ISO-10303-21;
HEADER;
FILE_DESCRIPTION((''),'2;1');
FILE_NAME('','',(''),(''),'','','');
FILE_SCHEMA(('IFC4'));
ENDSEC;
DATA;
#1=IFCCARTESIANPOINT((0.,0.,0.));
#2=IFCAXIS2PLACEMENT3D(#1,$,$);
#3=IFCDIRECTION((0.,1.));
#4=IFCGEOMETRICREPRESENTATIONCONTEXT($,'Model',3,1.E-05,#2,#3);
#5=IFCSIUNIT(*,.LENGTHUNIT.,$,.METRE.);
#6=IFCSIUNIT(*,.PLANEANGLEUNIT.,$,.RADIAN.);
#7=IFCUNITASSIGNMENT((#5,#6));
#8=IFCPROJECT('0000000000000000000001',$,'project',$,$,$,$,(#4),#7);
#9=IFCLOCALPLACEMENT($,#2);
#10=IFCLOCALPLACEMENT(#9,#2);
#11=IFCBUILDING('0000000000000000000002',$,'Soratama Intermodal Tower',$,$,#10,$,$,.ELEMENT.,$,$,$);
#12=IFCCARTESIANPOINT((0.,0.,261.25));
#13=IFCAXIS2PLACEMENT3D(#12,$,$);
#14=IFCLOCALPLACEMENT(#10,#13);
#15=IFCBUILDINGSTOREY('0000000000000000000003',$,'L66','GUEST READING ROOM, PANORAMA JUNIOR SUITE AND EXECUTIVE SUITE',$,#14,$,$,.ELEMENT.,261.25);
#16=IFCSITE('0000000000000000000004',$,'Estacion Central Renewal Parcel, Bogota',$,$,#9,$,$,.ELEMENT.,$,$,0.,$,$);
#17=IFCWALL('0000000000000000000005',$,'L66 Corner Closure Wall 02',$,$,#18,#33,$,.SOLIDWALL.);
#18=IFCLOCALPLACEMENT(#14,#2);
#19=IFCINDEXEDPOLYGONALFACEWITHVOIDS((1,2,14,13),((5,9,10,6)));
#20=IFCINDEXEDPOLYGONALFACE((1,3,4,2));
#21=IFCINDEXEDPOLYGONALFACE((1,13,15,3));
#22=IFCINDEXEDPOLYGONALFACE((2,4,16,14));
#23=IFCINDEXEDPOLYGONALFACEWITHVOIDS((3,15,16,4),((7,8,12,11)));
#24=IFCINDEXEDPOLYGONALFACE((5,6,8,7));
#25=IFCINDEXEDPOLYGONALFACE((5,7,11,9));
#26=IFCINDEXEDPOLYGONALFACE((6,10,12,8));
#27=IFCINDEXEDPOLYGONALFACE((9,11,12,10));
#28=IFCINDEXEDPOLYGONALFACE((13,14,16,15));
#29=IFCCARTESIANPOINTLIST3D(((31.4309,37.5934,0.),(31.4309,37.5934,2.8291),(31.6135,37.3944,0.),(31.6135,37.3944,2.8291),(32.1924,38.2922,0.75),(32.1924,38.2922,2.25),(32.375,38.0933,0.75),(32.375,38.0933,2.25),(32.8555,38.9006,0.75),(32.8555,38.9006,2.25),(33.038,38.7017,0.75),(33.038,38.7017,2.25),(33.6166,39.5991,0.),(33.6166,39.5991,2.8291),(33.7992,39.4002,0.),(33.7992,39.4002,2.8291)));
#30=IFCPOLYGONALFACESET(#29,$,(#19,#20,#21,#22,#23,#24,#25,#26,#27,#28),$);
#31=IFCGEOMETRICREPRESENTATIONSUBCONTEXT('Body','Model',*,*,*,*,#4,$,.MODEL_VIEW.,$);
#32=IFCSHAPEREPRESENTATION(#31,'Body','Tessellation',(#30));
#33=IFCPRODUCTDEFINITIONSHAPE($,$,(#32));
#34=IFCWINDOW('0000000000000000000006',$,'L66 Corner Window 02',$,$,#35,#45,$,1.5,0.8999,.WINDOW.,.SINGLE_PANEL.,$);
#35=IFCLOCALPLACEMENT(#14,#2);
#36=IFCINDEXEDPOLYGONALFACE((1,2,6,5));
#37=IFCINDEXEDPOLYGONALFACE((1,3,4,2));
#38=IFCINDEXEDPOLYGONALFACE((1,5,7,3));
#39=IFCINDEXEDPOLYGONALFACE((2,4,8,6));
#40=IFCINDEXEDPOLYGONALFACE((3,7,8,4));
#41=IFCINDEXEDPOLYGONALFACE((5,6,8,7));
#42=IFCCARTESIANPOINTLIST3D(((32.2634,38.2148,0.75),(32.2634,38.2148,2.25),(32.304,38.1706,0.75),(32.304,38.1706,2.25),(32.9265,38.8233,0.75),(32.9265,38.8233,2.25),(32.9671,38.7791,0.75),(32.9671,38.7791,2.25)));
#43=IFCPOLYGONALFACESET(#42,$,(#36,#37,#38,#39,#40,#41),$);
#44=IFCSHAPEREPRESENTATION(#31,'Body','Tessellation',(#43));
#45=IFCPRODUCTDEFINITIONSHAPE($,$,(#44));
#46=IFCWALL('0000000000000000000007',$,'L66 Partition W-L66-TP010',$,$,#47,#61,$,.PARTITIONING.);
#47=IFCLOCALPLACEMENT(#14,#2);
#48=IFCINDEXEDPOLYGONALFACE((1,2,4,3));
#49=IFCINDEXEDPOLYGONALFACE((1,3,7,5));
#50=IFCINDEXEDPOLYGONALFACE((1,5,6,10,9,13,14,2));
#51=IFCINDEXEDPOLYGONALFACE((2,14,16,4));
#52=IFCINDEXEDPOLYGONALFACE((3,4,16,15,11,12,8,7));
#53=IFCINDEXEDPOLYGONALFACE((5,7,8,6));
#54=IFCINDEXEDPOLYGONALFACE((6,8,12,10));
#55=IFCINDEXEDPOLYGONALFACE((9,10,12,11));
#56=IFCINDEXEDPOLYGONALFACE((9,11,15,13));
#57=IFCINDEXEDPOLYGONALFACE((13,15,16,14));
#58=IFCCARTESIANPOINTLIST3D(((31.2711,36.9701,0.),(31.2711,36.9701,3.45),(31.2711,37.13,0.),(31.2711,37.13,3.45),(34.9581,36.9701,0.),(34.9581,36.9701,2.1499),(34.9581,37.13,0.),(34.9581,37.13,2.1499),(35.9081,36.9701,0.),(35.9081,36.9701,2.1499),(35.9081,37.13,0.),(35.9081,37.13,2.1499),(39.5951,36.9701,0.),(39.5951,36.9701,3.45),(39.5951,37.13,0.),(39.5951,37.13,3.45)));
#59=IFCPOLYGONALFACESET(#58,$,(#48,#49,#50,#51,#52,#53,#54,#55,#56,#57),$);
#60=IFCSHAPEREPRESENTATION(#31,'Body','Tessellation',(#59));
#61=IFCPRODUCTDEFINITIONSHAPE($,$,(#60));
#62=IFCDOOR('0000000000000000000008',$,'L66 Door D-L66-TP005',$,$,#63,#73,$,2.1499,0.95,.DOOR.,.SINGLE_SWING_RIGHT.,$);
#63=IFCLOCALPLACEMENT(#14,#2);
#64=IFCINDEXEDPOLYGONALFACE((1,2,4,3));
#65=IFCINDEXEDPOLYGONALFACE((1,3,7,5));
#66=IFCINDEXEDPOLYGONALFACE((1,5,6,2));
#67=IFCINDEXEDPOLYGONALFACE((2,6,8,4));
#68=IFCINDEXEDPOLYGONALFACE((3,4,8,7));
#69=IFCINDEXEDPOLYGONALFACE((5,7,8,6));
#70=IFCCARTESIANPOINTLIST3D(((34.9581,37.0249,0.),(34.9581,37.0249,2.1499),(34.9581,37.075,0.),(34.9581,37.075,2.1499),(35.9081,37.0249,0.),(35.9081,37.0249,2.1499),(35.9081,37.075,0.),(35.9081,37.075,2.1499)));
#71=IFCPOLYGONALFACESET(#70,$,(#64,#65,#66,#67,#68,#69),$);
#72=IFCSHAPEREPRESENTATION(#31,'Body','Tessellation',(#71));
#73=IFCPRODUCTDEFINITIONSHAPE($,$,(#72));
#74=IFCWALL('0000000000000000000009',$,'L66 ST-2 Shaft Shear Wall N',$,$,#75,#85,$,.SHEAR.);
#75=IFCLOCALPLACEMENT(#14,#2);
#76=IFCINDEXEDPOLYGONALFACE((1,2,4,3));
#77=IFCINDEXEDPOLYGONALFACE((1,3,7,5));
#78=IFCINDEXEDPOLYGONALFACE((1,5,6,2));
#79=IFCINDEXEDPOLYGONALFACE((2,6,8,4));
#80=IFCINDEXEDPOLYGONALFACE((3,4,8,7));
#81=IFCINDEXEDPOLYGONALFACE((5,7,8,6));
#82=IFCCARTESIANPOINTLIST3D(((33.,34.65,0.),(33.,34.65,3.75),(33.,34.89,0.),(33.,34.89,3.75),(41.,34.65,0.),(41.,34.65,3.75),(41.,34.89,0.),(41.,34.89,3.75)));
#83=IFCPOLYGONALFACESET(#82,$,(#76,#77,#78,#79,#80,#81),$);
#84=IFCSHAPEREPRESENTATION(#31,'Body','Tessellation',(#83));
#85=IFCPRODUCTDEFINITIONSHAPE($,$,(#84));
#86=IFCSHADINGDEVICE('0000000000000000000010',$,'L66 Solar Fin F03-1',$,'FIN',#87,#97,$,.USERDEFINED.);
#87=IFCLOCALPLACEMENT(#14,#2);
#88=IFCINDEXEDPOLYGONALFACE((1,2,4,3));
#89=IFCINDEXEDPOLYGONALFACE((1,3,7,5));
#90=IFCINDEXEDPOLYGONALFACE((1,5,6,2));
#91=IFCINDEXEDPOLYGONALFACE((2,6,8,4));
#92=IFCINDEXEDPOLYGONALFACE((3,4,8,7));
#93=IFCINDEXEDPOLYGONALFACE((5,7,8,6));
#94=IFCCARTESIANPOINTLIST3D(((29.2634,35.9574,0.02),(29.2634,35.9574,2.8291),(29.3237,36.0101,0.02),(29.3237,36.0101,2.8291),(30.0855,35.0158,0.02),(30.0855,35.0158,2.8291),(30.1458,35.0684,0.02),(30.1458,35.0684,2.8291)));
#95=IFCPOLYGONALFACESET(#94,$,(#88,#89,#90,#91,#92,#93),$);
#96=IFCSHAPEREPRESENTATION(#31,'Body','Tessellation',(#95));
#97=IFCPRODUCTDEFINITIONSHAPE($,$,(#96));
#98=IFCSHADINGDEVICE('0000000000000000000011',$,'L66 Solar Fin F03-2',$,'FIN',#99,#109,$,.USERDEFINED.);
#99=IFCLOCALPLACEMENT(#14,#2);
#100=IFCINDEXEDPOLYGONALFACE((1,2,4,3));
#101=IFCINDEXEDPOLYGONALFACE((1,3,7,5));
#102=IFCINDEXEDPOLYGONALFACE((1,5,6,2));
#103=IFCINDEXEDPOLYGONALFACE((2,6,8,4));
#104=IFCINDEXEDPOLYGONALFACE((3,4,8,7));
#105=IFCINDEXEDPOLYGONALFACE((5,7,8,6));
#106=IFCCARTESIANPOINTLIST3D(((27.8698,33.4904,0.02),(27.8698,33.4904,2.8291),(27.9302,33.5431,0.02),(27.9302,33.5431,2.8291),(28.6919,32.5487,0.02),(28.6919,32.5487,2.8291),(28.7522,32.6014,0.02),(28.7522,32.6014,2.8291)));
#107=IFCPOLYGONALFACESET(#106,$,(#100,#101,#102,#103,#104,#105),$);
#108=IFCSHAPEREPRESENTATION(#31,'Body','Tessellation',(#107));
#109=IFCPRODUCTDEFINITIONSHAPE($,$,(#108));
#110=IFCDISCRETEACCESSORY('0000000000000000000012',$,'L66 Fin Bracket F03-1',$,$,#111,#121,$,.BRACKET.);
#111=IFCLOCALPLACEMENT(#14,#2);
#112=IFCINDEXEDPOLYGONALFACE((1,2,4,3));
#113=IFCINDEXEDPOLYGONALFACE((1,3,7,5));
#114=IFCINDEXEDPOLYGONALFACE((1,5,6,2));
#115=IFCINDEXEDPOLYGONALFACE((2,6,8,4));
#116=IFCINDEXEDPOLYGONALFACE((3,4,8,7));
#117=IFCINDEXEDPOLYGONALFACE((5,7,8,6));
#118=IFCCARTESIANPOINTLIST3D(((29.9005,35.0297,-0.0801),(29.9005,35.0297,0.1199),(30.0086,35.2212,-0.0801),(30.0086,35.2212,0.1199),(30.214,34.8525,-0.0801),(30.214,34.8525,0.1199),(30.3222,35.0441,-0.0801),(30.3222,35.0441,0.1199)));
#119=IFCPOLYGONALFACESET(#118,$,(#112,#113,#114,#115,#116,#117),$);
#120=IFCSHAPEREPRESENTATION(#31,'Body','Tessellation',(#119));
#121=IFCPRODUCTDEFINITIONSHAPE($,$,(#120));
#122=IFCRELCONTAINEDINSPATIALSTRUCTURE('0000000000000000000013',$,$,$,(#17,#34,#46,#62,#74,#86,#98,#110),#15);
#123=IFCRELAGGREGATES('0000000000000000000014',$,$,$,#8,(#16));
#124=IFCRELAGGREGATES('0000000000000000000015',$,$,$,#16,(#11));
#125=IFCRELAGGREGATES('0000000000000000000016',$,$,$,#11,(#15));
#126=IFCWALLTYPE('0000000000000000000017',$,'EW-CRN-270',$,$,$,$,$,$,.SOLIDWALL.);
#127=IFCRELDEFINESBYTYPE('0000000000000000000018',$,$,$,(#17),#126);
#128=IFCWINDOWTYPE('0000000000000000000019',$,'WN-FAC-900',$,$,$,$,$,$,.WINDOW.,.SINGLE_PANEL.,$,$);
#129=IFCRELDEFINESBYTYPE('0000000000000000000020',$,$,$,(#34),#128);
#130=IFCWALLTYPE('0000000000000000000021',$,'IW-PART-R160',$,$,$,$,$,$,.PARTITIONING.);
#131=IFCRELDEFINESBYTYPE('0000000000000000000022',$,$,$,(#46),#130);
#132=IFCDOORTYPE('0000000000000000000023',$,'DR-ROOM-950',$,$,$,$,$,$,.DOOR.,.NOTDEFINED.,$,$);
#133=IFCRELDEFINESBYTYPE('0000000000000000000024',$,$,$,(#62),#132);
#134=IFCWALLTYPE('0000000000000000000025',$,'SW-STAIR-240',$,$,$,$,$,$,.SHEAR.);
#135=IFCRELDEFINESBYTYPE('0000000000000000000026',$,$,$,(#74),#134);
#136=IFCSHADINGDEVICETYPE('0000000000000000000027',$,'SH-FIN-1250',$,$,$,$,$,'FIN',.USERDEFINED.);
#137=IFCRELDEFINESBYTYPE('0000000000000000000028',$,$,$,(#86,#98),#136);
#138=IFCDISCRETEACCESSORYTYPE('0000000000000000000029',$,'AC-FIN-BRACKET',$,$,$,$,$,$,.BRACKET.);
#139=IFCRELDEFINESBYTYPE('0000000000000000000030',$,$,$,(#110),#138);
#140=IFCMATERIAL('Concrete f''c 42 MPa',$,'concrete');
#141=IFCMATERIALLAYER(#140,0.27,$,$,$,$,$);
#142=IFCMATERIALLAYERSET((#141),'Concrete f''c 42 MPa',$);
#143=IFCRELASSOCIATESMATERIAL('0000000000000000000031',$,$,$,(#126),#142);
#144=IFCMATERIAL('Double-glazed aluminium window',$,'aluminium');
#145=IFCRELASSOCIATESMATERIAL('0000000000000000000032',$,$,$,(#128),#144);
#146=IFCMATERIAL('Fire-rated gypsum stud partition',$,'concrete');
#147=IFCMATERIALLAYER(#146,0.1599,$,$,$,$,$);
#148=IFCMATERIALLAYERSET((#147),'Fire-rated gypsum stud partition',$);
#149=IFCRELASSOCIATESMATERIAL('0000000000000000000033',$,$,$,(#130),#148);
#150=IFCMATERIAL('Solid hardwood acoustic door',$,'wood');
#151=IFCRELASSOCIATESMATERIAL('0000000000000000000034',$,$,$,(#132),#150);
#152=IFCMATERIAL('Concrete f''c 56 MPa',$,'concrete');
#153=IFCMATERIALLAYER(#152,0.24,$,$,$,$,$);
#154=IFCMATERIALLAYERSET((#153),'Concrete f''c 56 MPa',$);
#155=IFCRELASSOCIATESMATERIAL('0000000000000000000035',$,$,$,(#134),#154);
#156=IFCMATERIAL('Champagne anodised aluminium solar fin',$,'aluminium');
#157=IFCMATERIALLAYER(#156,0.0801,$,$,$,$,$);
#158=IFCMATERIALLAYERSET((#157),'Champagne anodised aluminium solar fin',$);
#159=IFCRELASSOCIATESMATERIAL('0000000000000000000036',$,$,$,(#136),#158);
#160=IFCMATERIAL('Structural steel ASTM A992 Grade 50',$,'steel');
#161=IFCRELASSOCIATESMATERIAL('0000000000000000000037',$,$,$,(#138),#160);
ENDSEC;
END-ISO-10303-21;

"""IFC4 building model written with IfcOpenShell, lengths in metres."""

from ifc_helpers import new_model, si_unit, direction, frame, frame_2d, origin, origin_2d, place, context, subcontext, project, spatial, rectangle, extrude, material, layer, layer_set, type_object, element, fill, save


model = new_model("IFC4")

# Units and contexts
model_context = context("Model", 3, precision=1e-05, world=origin(), true_north=direction((0.0, 1.0)))
body_context = subcontext(model_context, "Body", "Model", "MODEL_VIEW")
ifc_project = project(units=[si_unit("LENGTHUNIT", "METRE"), si_unit("PLANEANGLEUNIT", "RADIAN")], contexts=[model_context])

# Site, building, storey
site_placement = place(None, origin())
site = spatial("IfcSite", under=ifc_project, at=site_placement, Name="Estacion Central Renewal Parcel, Bogota", CompositionType="ELEMENT", RefElevation=0.0)
building_placement = place(site_placement, origin())
building = spatial("IfcBuilding", under=site, at=building_placement, Name="Soratama Intermodal Tower", CompositionType="ELEMENT")
storey_placement = place(building_placement, frame((0.0, 0.0, 261.25)))
storey = spatial("IfcBuildingStorey", under=building, at=storey_placement, Name="L66", Description="GUEST READING ROOM, PANORAMA JUNIOR SUITE AND EXECUTIVE SUITE", CompositionType="ELEMENT", Elevation=261.25)

# Wall, opening, window
ifc_material_1 = material(Name="Concrete f'c 42 MPa", Category="concrete")
ifc_layer_1 = layer(ifc_material_1, 0.27)
ifc_layer_set_1 = layer_set([ifc_layer_1], Name="Concrete f'c 42 MPa")
wall_type_1 = type_object("IfcWallType", Name="EW-CRN-270", PredefinedType="SOLIDWALL", material=ifc_layer_set_1)
wall_1_placement = place(storey_placement, frame((33.708, 39.4998, 0.0), z_axis=(0.0, 0.0, 1.0), x_axis=(-0.736782, -0.676131, 0.0)))
wall_1 = element("IfcWall", 1, at=wall_1_placement, inside=storey, type_object=wall_type_1, Name="L66 Corner Closure Wall 02", PredefinedType="SOLIDWALL", context=body_context, shape_type="SweptSolid", body=[
    extrude(rectangle(XDim=2.9666, YDim=0.27, at=frame_2d((1.4834, 0.0))), origin(), (0.0, 0.0, 1.0), 2.8291),
])
opening_1_placement = place(wall_1_placement, frame((1.0332, 0.0, 0.75)))
opening_1 = element("IfcOpeningElement", 2, at=opening_1_placement, cuts=wall_1, PredefinedType="OPENING", context=body_context, shape_type="SweptSolid", body=[
    extrude(rectangle(XDim=0.8999, YDim=1.5, at=frame_2d((0.45, 0.75))), frame((0.0, 0.145, 0.0), z_axis=(0.0, -1.0, 0.0), x_axis=(1.0, 0.0, 0.0)), (0.0, 0.0, 1.0), 0.29),
])
ifc_material_2 = material(Name="Double-glazed aluminium window", Category="aluminium")
window_type = type_object("IfcWindowType", Name="WN-FAC-900", PartitioningType="SINGLE_PANEL", PredefinedType="WINDOW", material=ifc_material_2)
window_placement = place(opening_1_placement, origin())
window = element("IfcWindow", 3, at=window_placement, inside=storey, type_object=window_type, Name="L66 Corner Window 02", OverallHeight=1.5, OverallWidth=0.8999, PartitioningType="SINGLE_PANEL", PredefinedType="WINDOW", context=body_context, shape_type="SweptSolid", body=[
    extrude(rectangle(XDim=0.8999, YDim=1.5, at=frame_2d((0.45, 0.75))), frame((0.0, 0.03, 0.0), z_axis=(0.0, -1.0, 0.0), x_axis=(1.0, 0.0, 0.0)), (0.0, 0.0, 1.0), 0.0601),
])
fill(opening_1, window)

# Wall, opening, door
ifc_material_3 = material(Name="Fire-rated gypsum stud partition", Category="concrete")
ifc_layer_2 = layer(ifc_material_3, 0.1599)
ifc_layer_set_2 = layer_set([ifc_layer_2], Name="Fire-rated gypsum stud partition")
wall_type_2 = type_object("IfcWallType", Name="IW-PART-R160", PredefinedType="PARTITIONING", material=ifc_layer_set_2)
wall_2_placement = place(storey_placement, frame((31.271, 37.05, 0.0), z_axis=(0.0, 0.0, 1.0), x_axis=(1.0, 0.0, 0.0)))
wall_2 = element("IfcWall", 4, at=wall_2_placement, inside=storey, type_object=wall_type_2, Name="L66 Partition W-L66-TP010", PredefinedType="PARTITIONING", context=body_context, shape_type="SweptSolid", body=[
    extrude(rectangle(XDim=8.324, YDim=0.1599, at=frame_2d((4.1621, 0.0))), origin(), (0.0, 0.0, 1.0), 3.45),
])
opening_2_placement = place(wall_2_placement, frame((3.687, 0.0, 0.0)))
opening_2 = element("IfcOpeningElement", 5, at=opening_2_placement, cuts=wall_2, PredefinedType="OPENING", context=body_context, shape_type="SweptSolid", body=[
    extrude(rectangle(XDim=0.95, YDim=2.1499, at=frame_2d((0.4751, 1.075))), frame((0.0, 0.0898, 0.0), z_axis=(0.0, -1.0, 0.0), x_axis=(1.0, 0.0, 0.0)), (0.0, 0.0, 1.0), 0.1799),
])
ifc_material_4 = material(Name="Solid hardwood acoustic door", Category="wood")
door_type = type_object("IfcDoorType", Name="DR-ROOM-950", OperationType="NOTDEFINED", PredefinedType="DOOR", material=ifc_material_4)
door_placement = place(opening_2_placement, origin())
door = element("IfcDoor", 6, at=door_placement, inside=storey, type_object=door_type, Name="L66 Door D-L66-TP005", OperationType="SINGLE_SWING_RIGHT", OverallHeight=2.1499, OverallWidth=0.95, PredefinedType="DOOR", context=body_context, shape_type="SweptSolid", body=[
    extrude(rectangle(XDim=0.95, YDim=2.1499, at=frame_2d((0.4751, 1.075))), frame((0.0, 0.0249, 0.0), z_axis=(0.0, -1.0, 0.0), x_axis=(1.0, 0.0, 0.0)), (0.0, 0.0, 1.0), 0.05),
])
fill(opening_2, door)

# Wall
ifc_material_5 = material(Name="Concrete f'c 56 MPa", Category="concrete")
ifc_layer_3 = layer(ifc_material_5, 0.24)
ifc_layer_set_3 = layer_set([ifc_layer_3], Name="Concrete f'c 56 MPa")
wall_type_3 = type_object("IfcWallType", Name="SW-STAIR-240", PredefinedType="SHEAR", material=ifc_layer_set_3)
wall_3_placement = place(storey_placement, frame((33.0, 34.77, 0.0), z_axis=(0.0, 0.0, 1.0), x_axis=(1.0, 0.0, 0.0)))
element("IfcWall", 7, at=wall_3_placement, inside=storey, type_object=wall_type_3, Name="L66 ST-2 Shaft Shear Wall N", PredefinedType="SHEAR", context=body_context, shape_type="SweptSolid", body=[
    extrude(rectangle(XDim=8.0, YDim=0.24, at=frame_2d((4.0, 0.0))), origin(), (0.0, 0.0, 1.0), 3.75),
])

# Shading devices
ifc_material_6 = material(Name="Champagne anodised aluminium solar fin", Category="aluminium")
ifc_layer_4 = layer(ifc_material_6, 0.0801)
ifc_layer_set_4 = layer_set([ifc_layer_4], Name="Champagne anodised aluminium solar fin")
shading_device_type = type_object("IfcShadingDeviceType", Name="SH-FIN-1250", ElementType="FIN", PredefinedType="USERDEFINED", material=ifc_layer_set_4)
for number, where, z_axis, x_axis, name in (
    (8, (29.7046, 35.5129, 0.02), (0.0, 0.0, 1.0), (-0.657638, 0.753334, 0.0), "L66 Solar Fin F03-1"),
    (9, (28.311, 33.0459, 0.02), (0.0, 0.0, 1.0), (-0.657638, 0.753334, 0.0), "L66 Solar Fin F03-2"),
):
    element("IfcShadingDevice", number, at=place(storey_placement, frame(where, z_axis=z_axis, x_axis=x_axis)), inside=storey, type_object=shading_device_type, Name=name, ObjectType="FIN", PredefinedType="USERDEFINED", context=body_context, shape_type="SweptSolid", body=[
        extrude(rectangle(XDim=1.25, YDim=0.0801, at=origin_2d()), origin(), (0.0, 0.0, 1.0), 2.8091),
    ])

# Discrete accessory
ifc_material_7 = material(Name="Structural steel ASTM A992 Grade 50", Category="steel")
discrete_accessory_type = type_object("IfcDiscreteAccessoryType", Name="AC-FIN-BRACKET", PredefinedType="BRACKET", material=ifc_material_7)
discrete_accessory_placement = place(storey_placement, frame((30.1113, 35.0369, -0.0801), z_axis=(0.0, 0.0, 1.0), x_axis=(-0.870699, 0.491816, 0.0)))
element("IfcDiscreteAccessory", 10, at=discrete_accessory_placement, inside=storey, type_object=discrete_accessory_type, Name="L66 Fin Bracket F03-1", PredefinedType="BRACKET", context=body_context, shape_type="SweptSolid", body=[
    extrude(rectangle(XDim=0.3601, YDim=0.22, at=origin_2d()), origin(), (0.0, 0.0, 1.0), 0.2),
])

save(model, "model.ifc")
